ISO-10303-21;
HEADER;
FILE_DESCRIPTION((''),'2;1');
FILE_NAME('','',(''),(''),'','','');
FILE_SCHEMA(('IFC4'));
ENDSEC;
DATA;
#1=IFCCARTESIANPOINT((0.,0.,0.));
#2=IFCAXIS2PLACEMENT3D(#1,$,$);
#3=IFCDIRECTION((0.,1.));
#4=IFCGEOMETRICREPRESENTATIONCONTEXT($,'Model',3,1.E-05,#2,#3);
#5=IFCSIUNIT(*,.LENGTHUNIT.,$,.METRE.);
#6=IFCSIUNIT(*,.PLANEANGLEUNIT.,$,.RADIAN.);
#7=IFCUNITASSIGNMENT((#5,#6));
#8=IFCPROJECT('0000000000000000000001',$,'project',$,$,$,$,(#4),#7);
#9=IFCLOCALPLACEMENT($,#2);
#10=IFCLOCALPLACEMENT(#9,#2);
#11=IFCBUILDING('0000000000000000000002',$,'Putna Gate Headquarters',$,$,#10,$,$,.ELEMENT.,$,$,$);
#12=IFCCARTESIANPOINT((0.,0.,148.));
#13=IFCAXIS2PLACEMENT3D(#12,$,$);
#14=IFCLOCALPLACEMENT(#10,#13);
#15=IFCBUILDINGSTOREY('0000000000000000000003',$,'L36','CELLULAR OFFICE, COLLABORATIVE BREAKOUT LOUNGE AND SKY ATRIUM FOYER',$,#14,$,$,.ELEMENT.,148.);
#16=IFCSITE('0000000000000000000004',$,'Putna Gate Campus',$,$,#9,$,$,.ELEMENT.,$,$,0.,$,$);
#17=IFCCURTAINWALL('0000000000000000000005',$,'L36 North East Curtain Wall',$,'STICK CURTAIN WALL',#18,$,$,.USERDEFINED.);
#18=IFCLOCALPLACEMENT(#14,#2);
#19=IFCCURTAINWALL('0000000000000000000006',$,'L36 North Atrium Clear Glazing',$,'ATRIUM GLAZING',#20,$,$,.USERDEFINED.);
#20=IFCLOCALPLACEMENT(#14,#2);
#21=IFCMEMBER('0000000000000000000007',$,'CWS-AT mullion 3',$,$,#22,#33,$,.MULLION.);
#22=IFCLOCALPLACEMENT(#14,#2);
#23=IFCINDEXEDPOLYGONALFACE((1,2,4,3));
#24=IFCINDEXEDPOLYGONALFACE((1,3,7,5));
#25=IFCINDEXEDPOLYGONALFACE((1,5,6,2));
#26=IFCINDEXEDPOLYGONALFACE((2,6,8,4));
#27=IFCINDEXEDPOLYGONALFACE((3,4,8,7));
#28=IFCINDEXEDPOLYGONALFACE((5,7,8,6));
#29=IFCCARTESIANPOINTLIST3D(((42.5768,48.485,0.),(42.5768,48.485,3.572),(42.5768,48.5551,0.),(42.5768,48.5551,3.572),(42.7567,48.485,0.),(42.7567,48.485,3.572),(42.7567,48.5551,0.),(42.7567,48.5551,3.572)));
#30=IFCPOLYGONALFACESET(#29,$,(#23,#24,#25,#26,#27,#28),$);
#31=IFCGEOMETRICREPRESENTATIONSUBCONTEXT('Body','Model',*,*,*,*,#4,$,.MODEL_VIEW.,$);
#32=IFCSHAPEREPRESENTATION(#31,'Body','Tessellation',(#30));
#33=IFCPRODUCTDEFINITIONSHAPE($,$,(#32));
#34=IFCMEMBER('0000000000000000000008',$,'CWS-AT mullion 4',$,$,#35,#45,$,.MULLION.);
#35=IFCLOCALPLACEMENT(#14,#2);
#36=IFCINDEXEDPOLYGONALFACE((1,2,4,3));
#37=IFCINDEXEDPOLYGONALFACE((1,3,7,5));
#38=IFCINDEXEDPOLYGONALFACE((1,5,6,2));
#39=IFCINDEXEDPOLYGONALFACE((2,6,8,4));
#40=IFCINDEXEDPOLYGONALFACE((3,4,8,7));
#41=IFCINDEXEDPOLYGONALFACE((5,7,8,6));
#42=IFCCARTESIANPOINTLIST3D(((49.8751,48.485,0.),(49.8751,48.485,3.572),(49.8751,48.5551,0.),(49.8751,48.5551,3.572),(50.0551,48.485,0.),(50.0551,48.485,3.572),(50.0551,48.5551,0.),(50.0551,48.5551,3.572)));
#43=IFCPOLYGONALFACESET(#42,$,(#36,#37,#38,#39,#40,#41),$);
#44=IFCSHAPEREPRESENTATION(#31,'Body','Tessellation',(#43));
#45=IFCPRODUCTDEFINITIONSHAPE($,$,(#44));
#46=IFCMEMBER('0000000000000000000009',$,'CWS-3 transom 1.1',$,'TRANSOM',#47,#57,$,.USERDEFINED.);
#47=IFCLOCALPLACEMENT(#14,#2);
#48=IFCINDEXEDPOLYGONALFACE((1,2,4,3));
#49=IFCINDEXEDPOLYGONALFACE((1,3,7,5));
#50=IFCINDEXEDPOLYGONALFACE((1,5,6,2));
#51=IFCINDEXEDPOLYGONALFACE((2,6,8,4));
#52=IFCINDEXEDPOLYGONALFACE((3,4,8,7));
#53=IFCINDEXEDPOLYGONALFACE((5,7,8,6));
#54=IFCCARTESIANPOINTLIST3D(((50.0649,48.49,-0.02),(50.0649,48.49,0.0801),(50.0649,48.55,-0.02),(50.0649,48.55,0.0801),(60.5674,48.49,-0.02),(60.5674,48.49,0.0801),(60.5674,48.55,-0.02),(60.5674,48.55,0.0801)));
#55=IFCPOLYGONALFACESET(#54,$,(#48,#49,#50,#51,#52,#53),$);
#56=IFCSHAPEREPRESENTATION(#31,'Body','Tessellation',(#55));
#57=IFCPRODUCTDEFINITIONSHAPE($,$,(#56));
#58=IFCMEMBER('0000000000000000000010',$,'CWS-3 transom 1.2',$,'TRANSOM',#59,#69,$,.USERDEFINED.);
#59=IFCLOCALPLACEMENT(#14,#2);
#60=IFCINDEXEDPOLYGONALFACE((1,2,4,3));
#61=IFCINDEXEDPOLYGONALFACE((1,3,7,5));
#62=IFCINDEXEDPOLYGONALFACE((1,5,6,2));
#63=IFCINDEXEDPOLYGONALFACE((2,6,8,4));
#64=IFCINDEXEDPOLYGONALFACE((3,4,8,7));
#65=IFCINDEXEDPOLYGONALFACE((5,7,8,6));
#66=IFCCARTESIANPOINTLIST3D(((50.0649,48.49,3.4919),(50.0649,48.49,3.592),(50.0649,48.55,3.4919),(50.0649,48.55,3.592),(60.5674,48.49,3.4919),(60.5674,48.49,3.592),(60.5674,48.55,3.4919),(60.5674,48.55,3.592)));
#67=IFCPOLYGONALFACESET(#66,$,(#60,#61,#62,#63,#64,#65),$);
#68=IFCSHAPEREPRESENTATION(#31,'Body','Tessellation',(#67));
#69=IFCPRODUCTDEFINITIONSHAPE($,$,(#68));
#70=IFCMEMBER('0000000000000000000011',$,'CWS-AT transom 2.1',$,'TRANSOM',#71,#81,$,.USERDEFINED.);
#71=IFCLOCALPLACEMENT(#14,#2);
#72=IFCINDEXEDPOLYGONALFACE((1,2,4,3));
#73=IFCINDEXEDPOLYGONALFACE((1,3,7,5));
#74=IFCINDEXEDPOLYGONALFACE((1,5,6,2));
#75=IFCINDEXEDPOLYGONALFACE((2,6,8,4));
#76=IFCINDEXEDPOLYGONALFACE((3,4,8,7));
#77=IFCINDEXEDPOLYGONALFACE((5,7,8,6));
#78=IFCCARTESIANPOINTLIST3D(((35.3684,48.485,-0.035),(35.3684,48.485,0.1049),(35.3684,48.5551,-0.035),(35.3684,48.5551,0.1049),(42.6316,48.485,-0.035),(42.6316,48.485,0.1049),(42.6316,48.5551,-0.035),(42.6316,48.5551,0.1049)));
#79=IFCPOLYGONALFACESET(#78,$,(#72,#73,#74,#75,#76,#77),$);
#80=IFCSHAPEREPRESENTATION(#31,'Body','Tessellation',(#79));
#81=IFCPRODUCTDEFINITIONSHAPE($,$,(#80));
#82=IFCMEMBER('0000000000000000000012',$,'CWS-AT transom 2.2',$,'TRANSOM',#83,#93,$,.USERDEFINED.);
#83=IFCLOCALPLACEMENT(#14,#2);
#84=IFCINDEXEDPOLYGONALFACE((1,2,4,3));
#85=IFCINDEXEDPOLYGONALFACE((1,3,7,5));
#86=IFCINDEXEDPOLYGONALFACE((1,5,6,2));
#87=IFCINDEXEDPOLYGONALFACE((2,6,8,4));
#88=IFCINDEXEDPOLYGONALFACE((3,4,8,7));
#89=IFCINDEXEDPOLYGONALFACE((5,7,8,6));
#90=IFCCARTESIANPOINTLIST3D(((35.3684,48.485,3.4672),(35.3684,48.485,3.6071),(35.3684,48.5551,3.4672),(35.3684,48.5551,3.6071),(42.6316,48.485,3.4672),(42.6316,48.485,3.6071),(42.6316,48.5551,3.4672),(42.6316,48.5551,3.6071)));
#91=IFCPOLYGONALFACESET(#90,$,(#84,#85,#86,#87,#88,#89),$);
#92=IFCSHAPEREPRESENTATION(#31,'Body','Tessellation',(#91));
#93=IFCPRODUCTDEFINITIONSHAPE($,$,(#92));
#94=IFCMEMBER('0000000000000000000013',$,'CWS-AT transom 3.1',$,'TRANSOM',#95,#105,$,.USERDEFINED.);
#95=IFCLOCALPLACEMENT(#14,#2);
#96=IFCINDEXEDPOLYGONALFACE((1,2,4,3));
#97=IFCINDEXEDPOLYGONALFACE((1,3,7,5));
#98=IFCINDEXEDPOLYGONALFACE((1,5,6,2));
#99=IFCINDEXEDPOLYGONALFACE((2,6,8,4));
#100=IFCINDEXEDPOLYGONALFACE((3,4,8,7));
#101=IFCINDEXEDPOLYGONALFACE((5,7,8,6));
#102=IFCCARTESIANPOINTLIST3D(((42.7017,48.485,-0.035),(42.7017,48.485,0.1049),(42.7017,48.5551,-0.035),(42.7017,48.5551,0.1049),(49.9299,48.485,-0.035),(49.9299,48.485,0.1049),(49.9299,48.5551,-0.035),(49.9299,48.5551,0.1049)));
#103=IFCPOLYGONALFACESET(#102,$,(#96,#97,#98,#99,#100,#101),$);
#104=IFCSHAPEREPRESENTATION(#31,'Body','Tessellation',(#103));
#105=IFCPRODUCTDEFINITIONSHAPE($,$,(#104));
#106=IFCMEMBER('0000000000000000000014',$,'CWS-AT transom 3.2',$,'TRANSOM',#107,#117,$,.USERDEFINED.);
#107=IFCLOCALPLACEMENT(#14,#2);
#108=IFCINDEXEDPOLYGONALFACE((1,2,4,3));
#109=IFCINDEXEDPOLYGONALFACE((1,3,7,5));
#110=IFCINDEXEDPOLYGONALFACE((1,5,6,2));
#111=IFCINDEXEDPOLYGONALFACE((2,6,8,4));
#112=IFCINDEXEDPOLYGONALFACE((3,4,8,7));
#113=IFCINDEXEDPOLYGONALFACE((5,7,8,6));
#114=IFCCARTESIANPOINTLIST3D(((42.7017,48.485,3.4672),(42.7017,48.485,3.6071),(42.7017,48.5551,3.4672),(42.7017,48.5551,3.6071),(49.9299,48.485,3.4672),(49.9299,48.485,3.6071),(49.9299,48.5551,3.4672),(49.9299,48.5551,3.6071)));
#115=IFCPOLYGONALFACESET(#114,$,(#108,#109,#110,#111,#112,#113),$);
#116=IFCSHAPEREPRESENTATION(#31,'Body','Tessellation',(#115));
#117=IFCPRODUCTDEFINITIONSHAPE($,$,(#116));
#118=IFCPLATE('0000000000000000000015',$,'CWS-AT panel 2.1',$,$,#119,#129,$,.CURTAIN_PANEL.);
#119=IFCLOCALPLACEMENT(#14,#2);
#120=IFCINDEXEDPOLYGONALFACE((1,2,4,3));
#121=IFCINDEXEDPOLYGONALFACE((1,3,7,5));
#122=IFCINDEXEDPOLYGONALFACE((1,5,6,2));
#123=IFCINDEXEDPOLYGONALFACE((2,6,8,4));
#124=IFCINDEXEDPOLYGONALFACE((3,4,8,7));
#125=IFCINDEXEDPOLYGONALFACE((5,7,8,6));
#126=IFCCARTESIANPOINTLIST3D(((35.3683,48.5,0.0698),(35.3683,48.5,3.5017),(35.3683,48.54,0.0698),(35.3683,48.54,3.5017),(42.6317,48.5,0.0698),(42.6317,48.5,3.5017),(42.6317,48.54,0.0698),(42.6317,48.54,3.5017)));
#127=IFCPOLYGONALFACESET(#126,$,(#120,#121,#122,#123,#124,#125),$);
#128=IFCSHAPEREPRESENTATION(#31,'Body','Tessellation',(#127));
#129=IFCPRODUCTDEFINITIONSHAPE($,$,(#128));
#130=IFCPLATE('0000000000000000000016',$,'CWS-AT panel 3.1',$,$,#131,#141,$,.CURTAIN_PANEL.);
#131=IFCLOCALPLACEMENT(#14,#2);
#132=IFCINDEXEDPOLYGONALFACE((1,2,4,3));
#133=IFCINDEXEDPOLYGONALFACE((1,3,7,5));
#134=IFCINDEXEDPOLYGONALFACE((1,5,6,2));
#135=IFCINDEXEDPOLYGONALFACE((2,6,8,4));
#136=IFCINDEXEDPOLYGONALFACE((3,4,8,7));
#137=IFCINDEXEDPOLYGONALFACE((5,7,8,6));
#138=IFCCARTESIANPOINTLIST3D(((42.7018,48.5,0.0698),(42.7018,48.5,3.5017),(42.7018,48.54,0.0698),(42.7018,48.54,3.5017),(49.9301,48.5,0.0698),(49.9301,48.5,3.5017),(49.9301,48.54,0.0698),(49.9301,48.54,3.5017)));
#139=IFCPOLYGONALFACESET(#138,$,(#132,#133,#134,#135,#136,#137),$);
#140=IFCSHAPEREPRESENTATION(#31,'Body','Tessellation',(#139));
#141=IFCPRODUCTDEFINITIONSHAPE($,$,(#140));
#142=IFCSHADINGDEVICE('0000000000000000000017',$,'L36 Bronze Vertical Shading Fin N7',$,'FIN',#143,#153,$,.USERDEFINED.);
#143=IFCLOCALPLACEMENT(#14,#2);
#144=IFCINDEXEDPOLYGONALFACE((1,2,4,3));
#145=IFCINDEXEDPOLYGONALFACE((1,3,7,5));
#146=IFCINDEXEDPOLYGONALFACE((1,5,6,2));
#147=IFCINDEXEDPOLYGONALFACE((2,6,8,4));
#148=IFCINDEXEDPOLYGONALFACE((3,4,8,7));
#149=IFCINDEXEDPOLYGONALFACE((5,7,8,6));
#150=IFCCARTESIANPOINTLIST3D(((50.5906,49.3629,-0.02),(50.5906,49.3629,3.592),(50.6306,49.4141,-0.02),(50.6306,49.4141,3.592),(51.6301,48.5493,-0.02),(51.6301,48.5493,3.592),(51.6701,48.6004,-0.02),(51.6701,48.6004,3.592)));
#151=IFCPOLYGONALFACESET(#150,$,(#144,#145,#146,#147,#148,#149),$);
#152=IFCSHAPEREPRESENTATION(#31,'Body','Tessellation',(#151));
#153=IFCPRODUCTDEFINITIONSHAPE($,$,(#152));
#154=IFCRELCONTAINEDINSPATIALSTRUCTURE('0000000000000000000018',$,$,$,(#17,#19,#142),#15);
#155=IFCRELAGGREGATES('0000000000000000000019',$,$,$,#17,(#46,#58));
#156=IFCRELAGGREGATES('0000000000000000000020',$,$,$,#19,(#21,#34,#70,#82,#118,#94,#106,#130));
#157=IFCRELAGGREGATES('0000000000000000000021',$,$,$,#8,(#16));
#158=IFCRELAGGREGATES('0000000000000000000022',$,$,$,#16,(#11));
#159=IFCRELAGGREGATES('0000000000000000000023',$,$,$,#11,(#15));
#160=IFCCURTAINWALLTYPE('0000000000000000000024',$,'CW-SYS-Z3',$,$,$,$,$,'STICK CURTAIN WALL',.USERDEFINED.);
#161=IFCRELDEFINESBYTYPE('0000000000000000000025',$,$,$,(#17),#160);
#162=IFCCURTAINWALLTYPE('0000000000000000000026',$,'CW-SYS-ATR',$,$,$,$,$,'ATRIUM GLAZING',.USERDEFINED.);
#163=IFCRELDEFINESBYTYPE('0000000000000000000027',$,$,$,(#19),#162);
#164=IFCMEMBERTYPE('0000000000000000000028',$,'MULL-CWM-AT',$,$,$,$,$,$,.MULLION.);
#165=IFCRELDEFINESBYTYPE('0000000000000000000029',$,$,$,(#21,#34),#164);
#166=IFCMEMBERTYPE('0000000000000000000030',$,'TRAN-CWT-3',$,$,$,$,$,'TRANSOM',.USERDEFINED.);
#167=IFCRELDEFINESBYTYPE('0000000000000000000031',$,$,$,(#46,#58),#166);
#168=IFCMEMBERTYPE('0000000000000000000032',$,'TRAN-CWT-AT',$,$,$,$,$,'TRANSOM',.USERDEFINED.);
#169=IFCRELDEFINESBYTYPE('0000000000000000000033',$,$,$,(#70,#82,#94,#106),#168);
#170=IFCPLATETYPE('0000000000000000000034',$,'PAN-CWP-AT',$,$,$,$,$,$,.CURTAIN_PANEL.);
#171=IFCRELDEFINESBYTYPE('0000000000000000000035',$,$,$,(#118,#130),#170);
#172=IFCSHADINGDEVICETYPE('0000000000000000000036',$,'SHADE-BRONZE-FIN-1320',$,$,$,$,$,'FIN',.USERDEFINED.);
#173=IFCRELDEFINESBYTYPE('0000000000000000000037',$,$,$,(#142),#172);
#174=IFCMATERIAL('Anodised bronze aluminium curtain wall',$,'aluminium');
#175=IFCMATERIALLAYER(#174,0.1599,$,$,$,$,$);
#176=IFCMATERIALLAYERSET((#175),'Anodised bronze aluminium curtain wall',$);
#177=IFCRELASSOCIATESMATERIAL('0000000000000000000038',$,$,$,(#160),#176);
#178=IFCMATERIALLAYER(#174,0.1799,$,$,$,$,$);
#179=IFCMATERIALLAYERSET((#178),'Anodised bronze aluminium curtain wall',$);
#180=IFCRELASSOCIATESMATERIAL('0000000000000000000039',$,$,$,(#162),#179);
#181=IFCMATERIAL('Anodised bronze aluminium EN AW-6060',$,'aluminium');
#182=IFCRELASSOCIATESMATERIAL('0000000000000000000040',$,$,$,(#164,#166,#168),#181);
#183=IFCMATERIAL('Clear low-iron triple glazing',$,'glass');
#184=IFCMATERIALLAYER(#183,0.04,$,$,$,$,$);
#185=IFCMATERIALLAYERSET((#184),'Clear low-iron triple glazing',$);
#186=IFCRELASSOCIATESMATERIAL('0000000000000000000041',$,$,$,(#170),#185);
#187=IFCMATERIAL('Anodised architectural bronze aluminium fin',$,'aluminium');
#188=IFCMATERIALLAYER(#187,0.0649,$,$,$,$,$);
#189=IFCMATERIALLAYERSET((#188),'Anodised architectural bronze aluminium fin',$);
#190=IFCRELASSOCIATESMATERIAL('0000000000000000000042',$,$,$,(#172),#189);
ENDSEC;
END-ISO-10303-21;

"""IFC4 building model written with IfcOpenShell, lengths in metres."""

from ifc_helpers import new_model, si_unit, direction, frame, origin, origin_2d, place, context, subcontext, project, spatial, rectangle, extrude, material, layer, layer_set, material_profile, profile_set, type_object, element, aggregate, save


model = new_model("IFC4")

# Units and contexts
model_context = context("Model", 3, precision=1e-05, world=origin(), true_north=direction((0.0, 1.0)))
body_context = subcontext(model_context, "Body", "Model", "MODEL_VIEW")
ifc_project = project(units=[si_unit("LENGTHUNIT", "METRE"), si_unit("PLANEANGLEUNIT", "RADIAN")], contexts=[model_context])

# Site, building, storey
site_placement = place(None, origin())
site = spatial("IfcSite", under=ifc_project, at=site_placement, Name="Putna Gate Campus", CompositionType="ELEMENT", RefElevation=0.0)
building_placement = place(site_placement, origin())
building = spatial("IfcBuilding", under=site, at=building_placement, Name="Putna Gate Headquarters", CompositionType="ELEMENT")
storey_placement = place(building_placement, frame((0.0, 0.0, 148.0)))
storey = spatial("IfcBuildingStorey", under=building, at=storey_placement, Name="L36", Description="CELLULAR OFFICE, COLLABORATIVE BREAKOUT LOUNGE AND SKY ATRIUM FOYER", CompositionType="ELEMENT", Elevation=148.0)

# Curtain wall
ifc_material_1 = material(Name="Anodised bronze aluminium curtain wall", Category="aluminium")
ifc_layer_1 = layer(ifc_material_1, 0.1599)
ifc_layer_set_1 = layer_set([ifc_layer_1], Name="Anodised bronze aluminium curtain wall")
curtain_wall_type_1 = type_object("IfcCurtainWallType", Name="CW-SYS-Z3", ElementType="STICK CURTAIN WALL", PredefinedType="USERDEFINED", material=ifc_layer_set_1)
curtain_wall_1_placement = place(storey_placement, origin())
curtain_wall_1 = element("IfcCurtainWall", 1, at=curtain_wall_1_placement, inside=storey, type_object=curtain_wall_type_1, Name="L36 North East Curtain Wall", ObjectType="STICK CURTAIN WALL", PredefinedType="USERDEFINED")
ifc_material_2 = material(Name="Anodised bronze aluminium EN AW-6060", Category="aluminium")

# Curtain wall, members
ifc_layer_2 = layer(ifc_material_1, 0.1799)
ifc_layer_set_2 = layer_set([ifc_layer_2], Name="Anodised bronze aluminium curtain wall")
curtain_wall_type_2 = type_object("IfcCurtainWallType", Name="CW-SYS-ATR", ElementType="ATRIUM GLAZING", PredefinedType="USERDEFINED", material=ifc_layer_set_2)
curtain_wall_2_placement = place(storey_placement, origin())
curtain_wall_2 = element("IfcCurtainWall", 2, at=curtain_wall_2_placement, inside=storey, type_object=curtain_wall_type_2, Name="L36 North Atrium Clear Glazing", ObjectType="ATRIUM GLAZING", PredefinedType="USERDEFINED")
ifc_material_profile_1 = material_profile(ifc_material_2, rectangle(XDim=0.0701, YDim=0.1799, at=origin_2d()), Name="Anodised bronze aluminium EN AW-6060")
ifc_profile_set_1 = profile_set([ifc_material_profile_1], Name="Anodised bronze aluminium EN AW-6060")
member_type_1 = type_object("IfcMemberType", Name="MULL-CWM-AT", PredefinedType="MULLION", material=ifc_profile_set_1)
member_1_placement = place(storey_placement, frame((42.6667, 48.52, 0.0), z_axis=(0.0, 0.0, 1.0), x_axis=(0.0, 1.0, 0.0)))
member_1 = element("IfcMember", 3, at=member_1_placement, type_object=member_type_1, Name="CWS-AT mullion 3", PredefinedType="MULLION", context=body_context, shape_type="SweptSolid", body=[
    extrude(rectangle(XDim=0.0701, YDim=0.1799, at=origin_2d()), origin(), (0.0, 0.0, 1.0), 3.572),
])
member_2_placement = place(storey_placement, frame((49.9651, 48.52, 0.0), z_axis=(0.0, 0.0, 1.0), x_axis=(0.0, 1.0, 0.0)))
member_2 = element("IfcMember", 4, at=member_2_placement, type_object=member_type_1, Name="CWS-AT mullion 4", PredefinedType="MULLION", context=body_context, shape_type="SweptSolid", body=[
    extrude(rectangle(XDim=0.0701, YDim=0.1799, at=origin_2d()), origin(), (0.0, 0.0, 1.0), 3.572),
])

# Members
ifc_material_profile_2 = material_profile(ifc_material_2, rectangle(XDim=0.0601, YDim=0.1001, at=origin_2d()), Name="Anodised bronze aluminium EN AW-6060")
ifc_profile_set_2 = profile_set([ifc_material_profile_2], Name="Anodised bronze aluminium EN AW-6060")
member_type_2 = type_object("IfcMemberType", Name="TRAN-CWT-3", ElementType="TRANSOM", PredefinedType="USERDEFINED", material=ifc_profile_set_2)
member_3_placement = place(storey_placement, frame((50.0649, 48.52, 0.03), z_axis=(1.0, 0.0, 0.0), x_axis=(0.0, 1.0, 0.0)))
member_3 = element("IfcMember", 5, at=member_3_placement, type_object=member_type_2, Name="CWS-3 transom 1.1", ObjectType="TRANSOM", PredefinedType="USERDEFINED", context=body_context, shape_type="SweptSolid", body=[
    extrude(rectangle(XDim=0.0601, YDim=0.1001, at=origin_2d()), origin(), (0.0, 0.0, 1.0), 10.5024),
])
member_4_placement = place(storey_placement, frame((50.0649, 48.52, 3.542), z_axis=(1.0, 0.0, 0.0), x_axis=(0.0, 1.0, 0.0)))
member_4 = element("IfcMember", 6, at=member_4_placement, type_object=member_type_2, Name="CWS-3 transom 1.2", ObjectType="TRANSOM", PredefinedType="USERDEFINED", context=body_context, shape_type="SweptSolid", body=[
    extrude(rectangle(XDim=0.0601, YDim=0.1001, at=origin_2d()), origin(), (0.0, 0.0, 1.0), 10.5024),
])
aggregate(curtain_wall_1, [member_3, member_4])
ifc_material_profile_3 = material_profile(ifc_material_2, rectangle(XDim=0.0701, YDim=0.1399, at=origin_2d()), Name="Anodised bronze aluminium EN AW-6060")
ifc_profile_set_3 = profile_set([ifc_material_profile_3], Name="Anodised bronze aluminium EN AW-6060")
member_type_3 = type_object("IfcMemberType", Name="TRAN-CWT-AT", ElementType="TRANSOM", PredefinedType="USERDEFINED", material=ifc_profile_set_3)
member_5_placement = place(storey_placement, frame((35.3684, 48.52, 0.0349), z_axis=(1.0, 0.0, 0.0), x_axis=(0.0, 1.0, 0.0)))
member_5 = element("IfcMember", 7, at=member_5_placement, type_object=member_type_3, Name="CWS-AT transom 2.1", ObjectType="TRANSOM", PredefinedType="USERDEFINED", context=body_context, shape_type="SweptSolid", body=[
    extrude(rectangle(XDim=0.0701, YDim=0.1399, at=origin_2d()), origin(), (0.0, 0.0, 1.0), 7.2632),
])
member_6_placement = place(storey_placement, frame((35.3684, 48.52, 3.5371), z_axis=(1.0, 0.0, 0.0), x_axis=(0.0, 1.0, 0.0)))
member_6 = element("IfcMember", 8, at=member_6_placement, type_object=member_type_3, Name="CWS-AT transom 2.2", ObjectType="TRANSOM", PredefinedType="USERDEFINED", context=body_context, shape_type="SweptSolid", body=[
    extrude(rectangle(XDim=0.0701, YDim=0.1399, at=origin_2d()), origin(), (0.0, 0.0, 1.0), 7.2632),
])
member_7_placement = place(storey_placement, frame((42.7017, 48.52, 0.0349), z_axis=(1.0, 0.0, 0.0), x_axis=(0.0, 1.0, 0.0)))
member_7 = element("IfcMember", 9, at=member_7_placement, type_object=member_type_3, Name="CWS-AT transom 3.1", ObjectType="TRANSOM", PredefinedType="USERDEFINED", context=body_context, shape_type="SweptSolid", body=[
    extrude(rectangle(XDim=0.0701, YDim=0.1399, at=origin_2d()), origin(), (0.0, 0.0, 1.0), 7.2283),
])
member_8_placement = place(storey_placement, frame((42.7017, 48.52, 3.5371), z_axis=(1.0, 0.0, 0.0), x_axis=(0.0, 1.0, 0.0)))
member_8 = element("IfcMember", 10, at=member_8_placement, type_object=member_type_3, Name="CWS-AT transom 3.2", ObjectType="TRANSOM", PredefinedType="USERDEFINED", context=body_context, shape_type="SweptSolid", body=[
    extrude(rectangle(XDim=0.0701, YDim=0.1399, at=origin_2d()), origin(), (0.0, 0.0, 1.0), 7.2283),
])

# Plates
ifc_material_3 = material(Name="Clear low-iron triple glazing", Category="glass")
ifc_layer_3 = layer(ifc_material_3, 0.04)
ifc_layer_set_3 = layer_set([ifc_layer_3], Name="Clear low-iron triple glazing")
plate_type = type_object("IfcPlateType", Name="PAN-CWP-AT", PredefinedType="CURTAIN_PANEL", material=ifc_layer_set_3)
plate_1_placement = place(storey_placement, frame((39.0, 48.52, 0.0698), z_axis=(0.0, 0.0, 1.0), x_axis=(1.0, 0.0, 0.0)))
plate_1 = element("IfcPlate", 11, at=plate_1_placement, type_object=plate_type, Name="CWS-AT panel 2.1", PredefinedType="CURTAIN_PANEL", context=body_context, shape_type="SweptSolid", body=[
    extrude(rectangle(XDim=7.2634, YDim=0.04, at=origin_2d()), origin(), (0.0, 0.0, 1.0), 3.4319),
])
plate_2_placement = place(storey_placement, frame((46.3159, 48.52, 0.0698), z_axis=(0.0, 0.0, 1.0), x_axis=(1.0, 0.0, 0.0)))
plate_2 = element("IfcPlate", 12, at=plate_2_placement, type_object=plate_type, Name="CWS-AT panel 3.1", PredefinedType="CURTAIN_PANEL", context=body_context, shape_type="SweptSolid", body=[
    extrude(rectangle(XDim=7.2283, YDim=0.04, at=origin_2d()), origin(), (0.0, 0.0, 1.0), 3.4319),
])
aggregate(curtain_wall_2, [member_1, member_2, member_5, member_6, plate_1, member_7, member_8, plate_2])

# Shading device
ifc_material_4 = material(Name="Anodised architectural bronze aluminium fin", Category="aluminium")
ifc_layer_4 = layer(ifc_material_4, 0.0649)
ifc_layer_set_4 = layer_set([ifc_layer_4], Name="Anodised architectural bronze aluminium fin")
shading_device_type = type_object("IfcShadingDeviceType", Name="SHADE-BRONZE-FIN-1320", ElementType="FIN", PredefinedType="USERDEFINED", material=ifc_layer_set_4)
shading_device_placement = place(storey_placement, frame((51.1304, 48.9817, -0.02), z_axis=(0.0, 0.0, 1.0), x_axis=(-0.787473, 0.616349, 0.0)))
element("IfcShadingDevice", 13, at=shading_device_placement, inside=storey, type_object=shading_device_type, Name="L36 Bronze Vertical Shading Fin N7", ObjectType="FIN", PredefinedType="USERDEFINED", context=body_context, shape_type="SweptSolid", body=[
    extrude(rectangle(XDim=1.3201, YDim=0.0649, at=origin_2d()), origin(), (0.0, 0.0, 1.0), 3.6121),
])

save(model, "model.ifc")
